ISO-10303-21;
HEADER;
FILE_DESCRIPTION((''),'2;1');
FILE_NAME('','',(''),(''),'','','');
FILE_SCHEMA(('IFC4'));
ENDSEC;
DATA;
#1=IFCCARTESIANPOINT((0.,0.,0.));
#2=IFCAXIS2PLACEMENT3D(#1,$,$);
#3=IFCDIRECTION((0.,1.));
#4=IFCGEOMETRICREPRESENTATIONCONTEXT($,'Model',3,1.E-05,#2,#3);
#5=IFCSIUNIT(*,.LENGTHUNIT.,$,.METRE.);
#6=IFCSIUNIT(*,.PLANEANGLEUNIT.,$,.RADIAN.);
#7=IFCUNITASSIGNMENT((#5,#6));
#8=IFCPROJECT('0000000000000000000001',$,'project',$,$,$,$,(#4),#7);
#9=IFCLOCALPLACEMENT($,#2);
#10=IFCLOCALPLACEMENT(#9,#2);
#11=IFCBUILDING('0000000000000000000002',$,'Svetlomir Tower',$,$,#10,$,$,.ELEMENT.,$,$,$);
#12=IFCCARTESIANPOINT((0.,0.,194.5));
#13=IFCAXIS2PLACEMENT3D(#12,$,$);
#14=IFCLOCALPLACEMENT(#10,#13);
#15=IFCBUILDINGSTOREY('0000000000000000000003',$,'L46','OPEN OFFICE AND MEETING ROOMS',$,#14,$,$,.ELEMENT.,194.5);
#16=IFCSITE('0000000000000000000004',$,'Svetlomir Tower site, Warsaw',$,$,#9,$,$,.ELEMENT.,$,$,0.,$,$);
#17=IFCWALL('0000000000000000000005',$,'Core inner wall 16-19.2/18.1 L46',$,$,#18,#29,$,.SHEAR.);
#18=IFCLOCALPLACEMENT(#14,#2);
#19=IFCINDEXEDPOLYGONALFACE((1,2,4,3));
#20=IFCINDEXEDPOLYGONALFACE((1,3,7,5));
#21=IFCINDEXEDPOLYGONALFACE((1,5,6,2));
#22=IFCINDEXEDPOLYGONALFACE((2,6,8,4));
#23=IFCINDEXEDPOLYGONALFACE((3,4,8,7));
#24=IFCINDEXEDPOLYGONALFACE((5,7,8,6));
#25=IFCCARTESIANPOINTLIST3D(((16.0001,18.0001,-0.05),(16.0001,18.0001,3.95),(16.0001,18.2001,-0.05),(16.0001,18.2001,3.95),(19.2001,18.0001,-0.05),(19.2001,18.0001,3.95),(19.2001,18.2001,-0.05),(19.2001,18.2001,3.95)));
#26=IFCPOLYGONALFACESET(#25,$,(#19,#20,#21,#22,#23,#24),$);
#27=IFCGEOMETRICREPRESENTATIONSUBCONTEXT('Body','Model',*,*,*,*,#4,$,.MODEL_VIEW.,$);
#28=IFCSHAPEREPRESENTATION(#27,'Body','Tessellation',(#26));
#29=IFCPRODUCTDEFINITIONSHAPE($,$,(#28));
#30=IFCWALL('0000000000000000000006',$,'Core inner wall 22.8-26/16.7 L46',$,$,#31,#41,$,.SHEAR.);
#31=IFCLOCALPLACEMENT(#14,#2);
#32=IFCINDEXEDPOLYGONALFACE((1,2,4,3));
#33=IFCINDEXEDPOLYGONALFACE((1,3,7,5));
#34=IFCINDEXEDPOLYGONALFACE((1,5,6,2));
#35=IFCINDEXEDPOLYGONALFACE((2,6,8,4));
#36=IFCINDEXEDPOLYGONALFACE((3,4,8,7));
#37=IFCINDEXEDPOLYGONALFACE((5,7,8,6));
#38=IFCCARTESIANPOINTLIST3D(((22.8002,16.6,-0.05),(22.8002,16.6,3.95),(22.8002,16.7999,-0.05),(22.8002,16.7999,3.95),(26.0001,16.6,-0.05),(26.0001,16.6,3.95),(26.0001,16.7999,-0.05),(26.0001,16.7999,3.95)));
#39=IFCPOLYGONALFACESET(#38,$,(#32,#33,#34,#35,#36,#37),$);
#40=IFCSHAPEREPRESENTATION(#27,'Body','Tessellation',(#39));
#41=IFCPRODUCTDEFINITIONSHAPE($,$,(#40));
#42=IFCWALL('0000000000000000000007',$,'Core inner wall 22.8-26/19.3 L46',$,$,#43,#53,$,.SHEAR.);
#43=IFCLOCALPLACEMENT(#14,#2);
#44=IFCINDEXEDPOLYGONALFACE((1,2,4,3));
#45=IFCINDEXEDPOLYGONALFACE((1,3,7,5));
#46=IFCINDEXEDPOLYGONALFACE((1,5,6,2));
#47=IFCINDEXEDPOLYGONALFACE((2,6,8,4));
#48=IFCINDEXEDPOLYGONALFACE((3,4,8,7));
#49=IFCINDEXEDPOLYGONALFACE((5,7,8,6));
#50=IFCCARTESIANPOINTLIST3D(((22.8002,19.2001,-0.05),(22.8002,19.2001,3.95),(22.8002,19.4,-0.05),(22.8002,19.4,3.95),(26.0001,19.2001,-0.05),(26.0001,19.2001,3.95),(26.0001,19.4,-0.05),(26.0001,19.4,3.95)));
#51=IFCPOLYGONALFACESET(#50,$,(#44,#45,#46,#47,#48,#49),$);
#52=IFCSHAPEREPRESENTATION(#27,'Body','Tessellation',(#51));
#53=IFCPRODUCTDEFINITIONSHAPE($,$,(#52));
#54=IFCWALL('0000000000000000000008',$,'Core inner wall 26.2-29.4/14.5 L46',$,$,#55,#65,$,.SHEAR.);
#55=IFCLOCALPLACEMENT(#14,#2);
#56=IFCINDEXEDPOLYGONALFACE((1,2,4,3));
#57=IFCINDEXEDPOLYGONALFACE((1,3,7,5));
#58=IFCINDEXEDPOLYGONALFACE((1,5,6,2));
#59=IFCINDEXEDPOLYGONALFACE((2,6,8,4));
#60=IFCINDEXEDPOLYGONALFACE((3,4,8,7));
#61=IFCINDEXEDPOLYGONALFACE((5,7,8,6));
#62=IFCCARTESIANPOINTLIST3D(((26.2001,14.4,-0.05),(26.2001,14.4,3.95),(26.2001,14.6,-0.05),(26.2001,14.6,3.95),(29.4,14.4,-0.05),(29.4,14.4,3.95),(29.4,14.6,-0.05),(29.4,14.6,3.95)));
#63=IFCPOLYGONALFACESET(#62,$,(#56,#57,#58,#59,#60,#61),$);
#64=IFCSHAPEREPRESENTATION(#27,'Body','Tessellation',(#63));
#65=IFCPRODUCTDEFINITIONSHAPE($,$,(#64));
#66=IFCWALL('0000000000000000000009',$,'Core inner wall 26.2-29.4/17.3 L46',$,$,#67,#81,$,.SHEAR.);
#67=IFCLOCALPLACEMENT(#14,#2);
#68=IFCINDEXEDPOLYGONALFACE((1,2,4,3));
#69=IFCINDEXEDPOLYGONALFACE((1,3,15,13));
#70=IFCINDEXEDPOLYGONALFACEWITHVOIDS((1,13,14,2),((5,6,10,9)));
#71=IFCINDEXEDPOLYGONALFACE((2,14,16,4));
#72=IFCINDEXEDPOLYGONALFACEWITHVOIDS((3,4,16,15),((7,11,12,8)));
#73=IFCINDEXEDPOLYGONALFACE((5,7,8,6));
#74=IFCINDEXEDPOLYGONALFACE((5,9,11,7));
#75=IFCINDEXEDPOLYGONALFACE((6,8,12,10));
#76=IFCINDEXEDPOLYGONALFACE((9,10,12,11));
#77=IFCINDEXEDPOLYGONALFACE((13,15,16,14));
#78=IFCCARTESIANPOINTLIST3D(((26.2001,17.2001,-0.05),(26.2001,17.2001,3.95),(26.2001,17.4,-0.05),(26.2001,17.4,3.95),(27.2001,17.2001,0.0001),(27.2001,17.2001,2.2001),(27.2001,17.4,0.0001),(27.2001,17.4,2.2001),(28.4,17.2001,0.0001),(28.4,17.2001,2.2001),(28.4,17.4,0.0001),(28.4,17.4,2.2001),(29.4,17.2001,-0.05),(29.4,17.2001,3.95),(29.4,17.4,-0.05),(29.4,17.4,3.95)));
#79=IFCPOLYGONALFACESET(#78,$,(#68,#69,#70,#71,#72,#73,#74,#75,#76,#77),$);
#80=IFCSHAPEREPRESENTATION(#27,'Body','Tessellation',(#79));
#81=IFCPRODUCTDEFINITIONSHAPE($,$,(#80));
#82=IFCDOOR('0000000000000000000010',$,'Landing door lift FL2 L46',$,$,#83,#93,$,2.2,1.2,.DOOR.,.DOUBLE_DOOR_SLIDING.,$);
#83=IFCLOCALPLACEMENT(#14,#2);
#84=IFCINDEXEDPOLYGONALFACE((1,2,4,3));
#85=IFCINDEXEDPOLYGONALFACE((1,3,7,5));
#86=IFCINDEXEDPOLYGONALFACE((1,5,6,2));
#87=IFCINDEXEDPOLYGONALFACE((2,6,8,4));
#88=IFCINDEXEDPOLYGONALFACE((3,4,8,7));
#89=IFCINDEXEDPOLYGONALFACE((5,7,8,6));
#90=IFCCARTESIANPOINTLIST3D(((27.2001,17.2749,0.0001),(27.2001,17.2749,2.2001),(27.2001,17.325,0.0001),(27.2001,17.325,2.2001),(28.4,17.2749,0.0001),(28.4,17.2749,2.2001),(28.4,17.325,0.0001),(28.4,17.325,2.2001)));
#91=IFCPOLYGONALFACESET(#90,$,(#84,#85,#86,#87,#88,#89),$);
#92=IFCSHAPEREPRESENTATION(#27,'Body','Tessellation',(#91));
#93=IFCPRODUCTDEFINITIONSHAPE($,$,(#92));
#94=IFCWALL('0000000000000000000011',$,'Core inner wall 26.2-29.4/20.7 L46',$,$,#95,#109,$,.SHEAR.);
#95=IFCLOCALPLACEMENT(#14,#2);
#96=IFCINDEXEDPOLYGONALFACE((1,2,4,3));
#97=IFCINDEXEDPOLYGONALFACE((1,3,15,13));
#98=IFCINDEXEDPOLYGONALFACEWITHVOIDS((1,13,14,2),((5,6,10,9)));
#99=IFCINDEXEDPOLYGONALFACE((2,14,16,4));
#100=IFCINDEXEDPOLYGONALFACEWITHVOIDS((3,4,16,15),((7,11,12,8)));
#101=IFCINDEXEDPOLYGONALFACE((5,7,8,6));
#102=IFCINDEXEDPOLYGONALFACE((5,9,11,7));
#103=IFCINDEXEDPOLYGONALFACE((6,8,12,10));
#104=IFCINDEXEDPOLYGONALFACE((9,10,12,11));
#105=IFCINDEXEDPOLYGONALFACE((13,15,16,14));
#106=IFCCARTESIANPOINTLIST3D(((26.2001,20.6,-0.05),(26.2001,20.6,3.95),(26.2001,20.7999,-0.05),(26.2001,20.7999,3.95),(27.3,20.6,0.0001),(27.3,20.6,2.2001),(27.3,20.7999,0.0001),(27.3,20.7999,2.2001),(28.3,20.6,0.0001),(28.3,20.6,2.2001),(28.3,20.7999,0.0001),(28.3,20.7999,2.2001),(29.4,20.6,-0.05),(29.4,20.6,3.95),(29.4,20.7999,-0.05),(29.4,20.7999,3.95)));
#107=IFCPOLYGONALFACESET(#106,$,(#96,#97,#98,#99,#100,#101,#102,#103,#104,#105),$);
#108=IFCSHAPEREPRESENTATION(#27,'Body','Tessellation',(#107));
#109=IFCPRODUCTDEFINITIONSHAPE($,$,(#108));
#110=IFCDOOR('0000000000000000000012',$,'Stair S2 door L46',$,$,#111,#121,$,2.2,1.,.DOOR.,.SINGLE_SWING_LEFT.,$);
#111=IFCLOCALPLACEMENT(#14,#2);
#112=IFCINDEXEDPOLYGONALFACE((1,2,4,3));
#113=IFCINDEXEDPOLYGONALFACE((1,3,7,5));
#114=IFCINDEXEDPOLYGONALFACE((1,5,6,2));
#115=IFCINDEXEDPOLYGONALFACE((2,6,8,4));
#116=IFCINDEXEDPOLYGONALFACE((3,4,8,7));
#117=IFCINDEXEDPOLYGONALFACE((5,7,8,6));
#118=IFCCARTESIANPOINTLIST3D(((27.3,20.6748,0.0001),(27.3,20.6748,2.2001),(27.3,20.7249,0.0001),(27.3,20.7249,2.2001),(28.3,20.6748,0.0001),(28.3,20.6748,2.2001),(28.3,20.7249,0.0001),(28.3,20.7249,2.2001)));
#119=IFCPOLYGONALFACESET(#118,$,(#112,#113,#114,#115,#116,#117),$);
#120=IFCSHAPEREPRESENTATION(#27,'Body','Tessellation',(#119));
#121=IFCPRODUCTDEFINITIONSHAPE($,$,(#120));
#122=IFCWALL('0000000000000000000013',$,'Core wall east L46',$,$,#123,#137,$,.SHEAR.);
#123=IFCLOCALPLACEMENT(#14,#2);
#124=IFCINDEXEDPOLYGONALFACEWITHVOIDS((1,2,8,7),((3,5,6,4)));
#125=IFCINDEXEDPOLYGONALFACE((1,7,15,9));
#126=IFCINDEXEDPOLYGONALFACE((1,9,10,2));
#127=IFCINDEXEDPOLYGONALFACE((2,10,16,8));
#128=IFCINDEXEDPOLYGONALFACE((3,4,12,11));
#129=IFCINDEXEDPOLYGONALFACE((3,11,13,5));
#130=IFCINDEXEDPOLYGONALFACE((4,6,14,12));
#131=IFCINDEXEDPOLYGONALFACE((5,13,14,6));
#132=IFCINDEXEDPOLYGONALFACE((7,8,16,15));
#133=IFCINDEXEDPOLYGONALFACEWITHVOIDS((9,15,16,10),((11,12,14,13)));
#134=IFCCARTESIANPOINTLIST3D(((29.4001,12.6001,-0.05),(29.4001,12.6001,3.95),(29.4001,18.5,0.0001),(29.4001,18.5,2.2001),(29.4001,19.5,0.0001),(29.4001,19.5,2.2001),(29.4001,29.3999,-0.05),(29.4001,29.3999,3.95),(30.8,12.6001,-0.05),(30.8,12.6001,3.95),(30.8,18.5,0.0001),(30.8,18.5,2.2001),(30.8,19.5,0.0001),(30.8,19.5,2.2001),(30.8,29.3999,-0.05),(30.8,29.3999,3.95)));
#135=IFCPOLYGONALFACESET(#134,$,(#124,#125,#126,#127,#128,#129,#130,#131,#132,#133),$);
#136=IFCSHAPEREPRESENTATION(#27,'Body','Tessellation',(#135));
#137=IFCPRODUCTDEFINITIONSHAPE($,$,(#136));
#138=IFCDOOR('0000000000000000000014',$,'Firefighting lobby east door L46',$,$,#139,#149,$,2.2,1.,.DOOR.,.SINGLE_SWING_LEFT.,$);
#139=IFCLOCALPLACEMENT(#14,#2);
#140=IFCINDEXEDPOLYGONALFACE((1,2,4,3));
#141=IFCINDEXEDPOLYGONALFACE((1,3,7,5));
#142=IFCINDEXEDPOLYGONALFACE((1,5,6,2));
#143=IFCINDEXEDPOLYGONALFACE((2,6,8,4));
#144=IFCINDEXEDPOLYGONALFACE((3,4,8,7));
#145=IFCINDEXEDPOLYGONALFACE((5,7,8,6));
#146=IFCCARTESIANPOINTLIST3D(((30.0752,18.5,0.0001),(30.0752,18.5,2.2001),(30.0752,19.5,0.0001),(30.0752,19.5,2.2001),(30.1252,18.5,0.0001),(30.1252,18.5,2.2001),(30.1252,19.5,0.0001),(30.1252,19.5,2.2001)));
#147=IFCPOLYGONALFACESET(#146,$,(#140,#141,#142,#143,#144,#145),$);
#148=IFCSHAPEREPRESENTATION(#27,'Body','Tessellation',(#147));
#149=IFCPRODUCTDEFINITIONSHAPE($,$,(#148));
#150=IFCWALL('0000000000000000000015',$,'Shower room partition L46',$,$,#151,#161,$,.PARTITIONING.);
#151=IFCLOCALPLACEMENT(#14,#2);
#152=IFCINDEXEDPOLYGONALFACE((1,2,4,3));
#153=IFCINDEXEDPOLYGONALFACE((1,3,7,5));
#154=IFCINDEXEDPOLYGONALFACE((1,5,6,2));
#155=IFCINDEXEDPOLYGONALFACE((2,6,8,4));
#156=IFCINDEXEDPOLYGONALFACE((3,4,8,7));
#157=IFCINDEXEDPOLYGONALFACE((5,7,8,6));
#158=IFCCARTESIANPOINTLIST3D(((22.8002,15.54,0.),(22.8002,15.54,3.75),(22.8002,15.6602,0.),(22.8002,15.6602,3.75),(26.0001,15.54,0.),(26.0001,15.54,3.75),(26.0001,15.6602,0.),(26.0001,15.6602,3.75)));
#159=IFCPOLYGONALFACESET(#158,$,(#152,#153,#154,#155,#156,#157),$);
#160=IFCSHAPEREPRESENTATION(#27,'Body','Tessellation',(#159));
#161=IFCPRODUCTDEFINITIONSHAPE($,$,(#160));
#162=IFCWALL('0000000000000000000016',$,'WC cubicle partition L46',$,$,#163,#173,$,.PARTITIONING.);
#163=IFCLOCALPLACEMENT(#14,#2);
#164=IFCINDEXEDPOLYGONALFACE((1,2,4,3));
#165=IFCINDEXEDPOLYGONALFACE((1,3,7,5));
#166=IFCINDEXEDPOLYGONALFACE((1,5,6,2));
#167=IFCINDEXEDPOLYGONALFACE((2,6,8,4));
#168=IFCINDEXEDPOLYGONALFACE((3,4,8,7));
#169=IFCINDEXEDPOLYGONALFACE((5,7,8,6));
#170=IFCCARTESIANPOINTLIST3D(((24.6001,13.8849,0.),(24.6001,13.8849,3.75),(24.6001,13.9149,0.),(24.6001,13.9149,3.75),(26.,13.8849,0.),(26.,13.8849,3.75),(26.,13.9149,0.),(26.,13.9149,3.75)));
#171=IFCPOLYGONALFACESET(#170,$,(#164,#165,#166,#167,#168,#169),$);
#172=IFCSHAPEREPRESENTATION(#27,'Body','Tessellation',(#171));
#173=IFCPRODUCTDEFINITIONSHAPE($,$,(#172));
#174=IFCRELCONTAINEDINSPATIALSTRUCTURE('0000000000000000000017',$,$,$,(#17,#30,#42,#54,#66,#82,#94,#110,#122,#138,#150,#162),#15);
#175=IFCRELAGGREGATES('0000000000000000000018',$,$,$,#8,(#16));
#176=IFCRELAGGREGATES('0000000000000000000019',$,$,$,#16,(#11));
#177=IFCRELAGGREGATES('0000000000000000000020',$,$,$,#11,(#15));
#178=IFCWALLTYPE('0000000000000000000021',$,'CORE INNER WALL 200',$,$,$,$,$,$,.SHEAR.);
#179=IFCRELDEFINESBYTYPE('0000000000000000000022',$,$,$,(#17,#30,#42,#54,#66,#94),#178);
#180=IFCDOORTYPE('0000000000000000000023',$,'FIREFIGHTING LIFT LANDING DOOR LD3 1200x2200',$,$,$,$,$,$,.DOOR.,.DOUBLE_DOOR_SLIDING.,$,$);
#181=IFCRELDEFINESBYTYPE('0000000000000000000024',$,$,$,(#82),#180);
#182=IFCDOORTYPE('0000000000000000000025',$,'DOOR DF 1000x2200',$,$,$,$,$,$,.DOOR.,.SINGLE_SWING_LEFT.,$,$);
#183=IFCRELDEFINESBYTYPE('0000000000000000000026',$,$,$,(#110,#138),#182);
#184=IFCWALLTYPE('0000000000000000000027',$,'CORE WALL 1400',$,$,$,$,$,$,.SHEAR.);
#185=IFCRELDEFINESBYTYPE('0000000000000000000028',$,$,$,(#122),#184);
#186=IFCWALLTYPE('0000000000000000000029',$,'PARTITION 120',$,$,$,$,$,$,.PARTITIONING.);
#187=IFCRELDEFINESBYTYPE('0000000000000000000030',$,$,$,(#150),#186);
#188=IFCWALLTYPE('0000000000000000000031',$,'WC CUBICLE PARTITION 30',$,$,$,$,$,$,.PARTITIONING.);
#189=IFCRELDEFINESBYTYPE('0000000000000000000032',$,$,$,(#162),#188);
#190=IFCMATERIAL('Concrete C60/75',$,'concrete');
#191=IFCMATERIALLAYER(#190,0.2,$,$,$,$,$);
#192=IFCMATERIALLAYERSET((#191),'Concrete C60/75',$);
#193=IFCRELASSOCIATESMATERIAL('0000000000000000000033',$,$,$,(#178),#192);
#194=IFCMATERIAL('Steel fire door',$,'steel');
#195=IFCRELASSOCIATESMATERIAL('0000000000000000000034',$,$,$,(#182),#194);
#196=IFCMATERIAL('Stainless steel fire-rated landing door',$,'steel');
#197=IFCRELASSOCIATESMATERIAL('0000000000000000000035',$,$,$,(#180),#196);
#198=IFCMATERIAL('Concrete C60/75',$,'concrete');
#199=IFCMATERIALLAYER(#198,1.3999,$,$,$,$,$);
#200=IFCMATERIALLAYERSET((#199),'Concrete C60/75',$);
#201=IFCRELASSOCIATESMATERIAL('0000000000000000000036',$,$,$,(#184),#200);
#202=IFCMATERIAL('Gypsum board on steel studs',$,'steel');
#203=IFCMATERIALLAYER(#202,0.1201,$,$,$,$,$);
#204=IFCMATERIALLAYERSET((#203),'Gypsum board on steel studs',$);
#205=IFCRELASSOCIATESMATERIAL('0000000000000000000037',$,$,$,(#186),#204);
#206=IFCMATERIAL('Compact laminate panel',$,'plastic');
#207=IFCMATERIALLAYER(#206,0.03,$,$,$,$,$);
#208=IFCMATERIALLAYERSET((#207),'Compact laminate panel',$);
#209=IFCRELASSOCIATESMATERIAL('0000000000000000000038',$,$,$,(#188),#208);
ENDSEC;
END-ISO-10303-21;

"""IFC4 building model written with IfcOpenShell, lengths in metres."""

from ifc_helpers import new_model, si_unit, direction, frame, frame_2d, origin, place, context, subcontext, project, spatial, rectangle, extrude, material, layer, layer_set, type_object, element, fill, save


model = new_model("IFC4")

# Units and contexts
model_context = context("Model", 3, precision=1e-05, world=origin(), true_north=direction((0.0, 1.0)))
body_context = subcontext(model_context, "Body", "Model", "MODEL_VIEW")
ifc_project = project(units=[si_unit("LENGTHUNIT", "METRE"), si_unit("PLANEANGLEUNIT", "RADIAN")], contexts=[model_context])

# Site, building, storey
site_placement = place(None, origin())
site = spatial("IfcSite", under=ifc_project, at=site_placement, Name="Svetlomir Tower site, Warsaw", CompositionType="ELEMENT", RefElevation=0.0)
building_placement = place(site_placement, origin())
building = spatial("IfcBuilding", under=site, at=building_placement, Name="Svetlomir Tower", CompositionType="ELEMENT")
storey_placement = place(building_placement, frame((0.0, 0.0, 194.5)))
storey = spatial("IfcBuildingStorey", under=building, at=storey_placement, Name="L46", Description="OPEN OFFICE AND MEETING ROOMS", CompositionType="ELEMENT", Elevation=194.5)

# Shared definitions
ifc_material_1 = material(Name="Concrete C60/75", Category="concrete")
ifc_layer_1 = layer(ifc_material_1, 0.2)
ifc_layer_set_1 = layer_set([ifc_layer_1], Name="Concrete C60/75")
wall_type_1 = type_object("IfcWallType", Name="CORE INNER WALL 200", PredefinedType="SHEAR", material=ifc_layer_set_1)

# Shared definitions
ifc_material_2 = material(Name="Steel fire door", Category="steel")
door_type_1 = type_object("IfcDoorType", Name="DOOR DF 1000x2200", OperationType="SINGLE_SWING_LEFT", PredefinedType="DOOR", material=ifc_material_2)

# Walls
for number, where, z_axis, x_axis, name in (
    (1, (16.0, 18.1001, -0.05), (0.0, 0.0, 1.0), (1.0, 0.0, 0.0), "Core inner wall 16-19.2/18.1 L46"),
    (2, (22.8, 16.7, -0.05), (0.0, 0.0, 1.0), (1.0, 0.0, 0.0), "Core inner wall 22.8-26/16.7 L46"),
    (3, (22.8, 19.3, -0.05), (0.0, 0.0, 1.0), (1.0, 0.0, 0.0), "Core inner wall 22.8-26/19.3 L46"),
    (4, (26.2, 14.5, -0.05), (0.0, 0.0, 1.0), (1.0, 0.0, 0.0), "Core inner wall 26.2-29.4/14.5 L46"),
):
    element("IfcWall", number, at=place(storey_placement, frame(where, z_axis=z_axis, x_axis=x_axis)), inside=storey, type_object=wall_type_1, Name=name, PredefinedType="SHEAR", context=body_context, shape_type="SweptSolid", body=[
        extrude(rectangle(XDim=3.2, YDim=0.2, at=frame_2d((1.6001, 0.0))), origin(), (0.0, 0.0, 1.0), 4.0),
    ])

# Walls, openings, doors
wall_1_placement = place(storey_placement, frame((26.2, 17.3, -0.05), z_axis=(0.0, 0.0, 1.0), x_axis=(1.0, 0.0, 0.0)))
wall_1 = element("IfcWall", 5, at=wall_1_placement, inside=storey, type_object=wall_type_1, Name="Core inner wall 26.2-29.4/17.3 L46", PredefinedType="SHEAR", context=body_context, shape_type="SweptSolid", body=[
    extrude(rectangle(XDim=3.2, YDim=0.2, at=frame_2d((1.6001, 0.0))), origin(), (0.0, 0.0, 1.0), 4.0),
])
opening_1_placement = place(wall_1_placement, frame((1.0, 0.0, 0.05)))
opening_1 = element("IfcOpeningElement", 6, at=opening_1_placement, cuts=wall_1, PredefinedType="OPENING", context=body_context, shape_type="SweptSolid", body=[
    extrude(rectangle(XDim=1.2, YDim=2.2, at=frame_2d((0.6001, 1.1001))), frame((0.0, 0.1099, 0.0), z_axis=(0.0, -1.0, 0.0), x_axis=(1.0, 0.0, 0.0)), (0.0, 0.0, 1.0), 0.22),
])
ifc_material_3 = material(Name="Stainless steel fire-rated landing door", Category="steel")
door_type_2 = type_object("IfcDoorType", Name="FIREFIGHTING LIFT LANDING DOOR LD3 1200x2200", OperationType="DOUBLE_DOOR_SLIDING", PredefinedType="DOOR", material=ifc_material_3)
door_1_placement = place(opening_1_placement, origin())
door_1 = element("IfcDoor", 7, at=door_1_placement, inside=storey, type_object=door_type_2, Name="Landing door lift FL2 L46", OperationType="DOUBLE_DOOR_SLIDING", OverallHeight=2.2, OverallWidth=1.2, PredefinedType="DOOR", context=body_context, shape_type="SweptSolid", body=[
    extrude(rectangle(XDim=1.2, YDim=2.2, at=frame_2d((0.6001, 1.1001))), frame((0.0, 0.0249, 0.0), z_axis=(0.0, -1.0, 0.0), x_axis=(1.0, 0.0, 0.0)), (0.0, 0.0, 1.0), 0.05),
])
fill(opening_1, door_1)
wall_2_placement = place(storey_placement, frame((26.2, 20.7, -0.05), z_axis=(0.0, 0.0, 1.0), x_axis=(1.0, 0.0, 0.0)))
wall_2 = element("IfcWall", 8, at=wall_2_placement, inside=storey, type_object=wall_type_1, Name="Core inner wall 26.2-29.4/20.7 L46", PredefinedType="SHEAR", context=body_context, shape_type="SweptSolid", body=[
    extrude(rectangle(XDim=3.2, YDim=0.2, at=frame_2d((1.6001, 0.0))), origin(), (0.0, 0.0, 1.0), 4.0),
])
opening_2_placement = place(wall_2_placement, frame((1.1001, 0.0, 0.05)))
opening_2 = element("IfcOpeningElement", 9, at=opening_2_placement, cuts=wall_2, PredefinedType="OPENING", context=body_context, shape_type="SweptSolid", body=[
    extrude(rectangle(XDim=1.0, YDim=2.2, at=frame_2d((0.5, 1.1001))), frame((0.0, 0.1099, 0.0), z_axis=(0.0, -1.0, 0.0), x_axis=(1.0, 0.0, 0.0)), (0.0, 0.0, 1.0), 0.22),
])
door_2_placement = place(opening_2_placement, origin())
door_2 = element("IfcDoor", 10, at=door_2_placement, inside=storey, type_object=door_type_1, Name="Stair S2 door L46", OperationType="SINGLE_SWING_LEFT", OverallHeight=2.2, OverallWidth=1.0, PredefinedType="DOOR", context=body_context, shape_type="SweptSolid", body=[
    extrude(rectangle(XDim=1.0, YDim=2.2, at=frame_2d((0.5, 1.1001))), frame((0.0, 0.0249, 0.0), z_axis=(0.0, -1.0, 0.0), x_axis=(1.0, 0.0, 0.0)), (0.0, 0.0, 1.0), 0.05),
])
fill(opening_2, door_2)
ifc_material_4 = material(Name="Concrete C60/75", Category="concrete")
ifc_layer_2 = layer(ifc_material_4, 1.3999)
ifc_layer_set_2 = layer_set([ifc_layer_2], Name="Concrete C60/75")
wall_type_2 = type_object("IfcWallType", Name="CORE WALL 1400", PredefinedType="SHEAR", material=ifc_layer_set_2)
wall_3_placement = place(storey_placement, frame((30.1001, 12.6001, -0.05), z_axis=(0.0, 0.0, 1.0), x_axis=(0.0, 1.0, 0.0)))
wall_3 = element("IfcWall", 11, at=wall_3_placement, inside=storey, type_object=wall_type_2, Name="Core wall east L46", PredefinedType="SHEAR", context=body_context, shape_type="SweptSolid", body=[
    extrude(rectangle(XDim=16.7998, YDim=1.3999, at=frame_2d((8.3999, 0.0))), origin(), (0.0, 0.0, 1.0), 4.0),
])
opening_3_placement = place(wall_3_placement, frame((5.8999, 0.0, 0.05)))
opening_3 = element("IfcOpeningElement", 12, at=opening_3_placement, cuts=wall_3, PredefinedType="OPENING", context=body_context, shape_type="SweptSolid", body=[
    extrude(rectangle(XDim=1.0, YDim=2.2, at=frame_2d((0.5, 1.1001))), frame((0.0, 0.71, 0.0), z_axis=(0.0, -1.0, 0.0), x_axis=(1.0, 0.0, 0.0)), (0.0, 0.0, 1.0), 1.4199),
])
door_3_placement = place(opening_3_placement, origin())
door_3 = element("IfcDoor", 13, at=door_3_placement, inside=storey, type_object=door_type_1, Name="Firefighting lobby east door L46", OperationType="SINGLE_SWING_LEFT", OverallHeight=2.2, OverallWidth=1.0, PredefinedType="DOOR", context=body_context, shape_type="SweptSolid", body=[
    extrude(rectangle(XDim=1.0, YDim=2.2, at=frame_2d((0.5, 1.1001))), frame((0.0, 0.0249, 0.0), z_axis=(0.0, -1.0, 0.0), x_axis=(1.0, 0.0, 0.0)), (0.0, 0.0, 1.0), 0.05),
])
fill(opening_3, door_3)

# Walls
ifc_material_5 = material(Name="Gypsum board on steel studs", Category="steel")
ifc_layer_3 = layer(ifc_material_5, 0.1201)
ifc_layer_set_3 = layer_set([ifc_layer_3], Name="Gypsum board on steel studs")
wall_type_3 = type_object("IfcWallType", Name="PARTITION 120", PredefinedType="PARTITIONING", material=ifc_layer_set_3)
wall_4_placement = place(storey_placement, frame((22.8, 15.6001, 0.0), z_axis=(0.0, 0.0, 1.0), x_axis=(1.0, 0.0, 0.0)))
element("IfcWall", 14, at=wall_4_placement, inside=storey, type_object=wall_type_3, Name="Shower room partition L46", PredefinedType="PARTITIONING", context=body_context, shape_type="SweptSolid", body=[
    extrude(rectangle(XDim=3.2, YDim=0.1201, at=frame_2d((1.6001, 0.0))), origin(), (0.0, 0.0, 1.0), 3.75),
])
ifc_material_6 = material(Name="Compact laminate panel", Category="plastic")
ifc_layer_4 = layer(ifc_material_6, 0.03)
ifc_layer_set_4 = layer_set([ifc_layer_4], Name="Compact laminate panel")
wall_type_4 = type_object("IfcWallType", Name="WC CUBICLE PARTITION 30", PredefinedType="PARTITIONING", material=ifc_layer_set_4)
wall_5_placement = place(storey_placement, frame((24.6001, 13.8999, 0.0), z_axis=(0.0, 0.0, 1.0), x_axis=(1.0, 0.0, 0.0)))
element("IfcWall", 15, at=wall_5_placement, inside=storey, type_object=wall_type_4, Name="WC cubicle partition L46", PredefinedType="PARTITIONING", context=body_context, shape_type="SweptSolid", body=[
    extrude(rectangle(XDim=1.3999, YDim=0.03, at=frame_2d((0.7, 0.0))), origin(), (0.0, 0.0, 1.0), 3.75),
])

save(model, "model.ifc")
